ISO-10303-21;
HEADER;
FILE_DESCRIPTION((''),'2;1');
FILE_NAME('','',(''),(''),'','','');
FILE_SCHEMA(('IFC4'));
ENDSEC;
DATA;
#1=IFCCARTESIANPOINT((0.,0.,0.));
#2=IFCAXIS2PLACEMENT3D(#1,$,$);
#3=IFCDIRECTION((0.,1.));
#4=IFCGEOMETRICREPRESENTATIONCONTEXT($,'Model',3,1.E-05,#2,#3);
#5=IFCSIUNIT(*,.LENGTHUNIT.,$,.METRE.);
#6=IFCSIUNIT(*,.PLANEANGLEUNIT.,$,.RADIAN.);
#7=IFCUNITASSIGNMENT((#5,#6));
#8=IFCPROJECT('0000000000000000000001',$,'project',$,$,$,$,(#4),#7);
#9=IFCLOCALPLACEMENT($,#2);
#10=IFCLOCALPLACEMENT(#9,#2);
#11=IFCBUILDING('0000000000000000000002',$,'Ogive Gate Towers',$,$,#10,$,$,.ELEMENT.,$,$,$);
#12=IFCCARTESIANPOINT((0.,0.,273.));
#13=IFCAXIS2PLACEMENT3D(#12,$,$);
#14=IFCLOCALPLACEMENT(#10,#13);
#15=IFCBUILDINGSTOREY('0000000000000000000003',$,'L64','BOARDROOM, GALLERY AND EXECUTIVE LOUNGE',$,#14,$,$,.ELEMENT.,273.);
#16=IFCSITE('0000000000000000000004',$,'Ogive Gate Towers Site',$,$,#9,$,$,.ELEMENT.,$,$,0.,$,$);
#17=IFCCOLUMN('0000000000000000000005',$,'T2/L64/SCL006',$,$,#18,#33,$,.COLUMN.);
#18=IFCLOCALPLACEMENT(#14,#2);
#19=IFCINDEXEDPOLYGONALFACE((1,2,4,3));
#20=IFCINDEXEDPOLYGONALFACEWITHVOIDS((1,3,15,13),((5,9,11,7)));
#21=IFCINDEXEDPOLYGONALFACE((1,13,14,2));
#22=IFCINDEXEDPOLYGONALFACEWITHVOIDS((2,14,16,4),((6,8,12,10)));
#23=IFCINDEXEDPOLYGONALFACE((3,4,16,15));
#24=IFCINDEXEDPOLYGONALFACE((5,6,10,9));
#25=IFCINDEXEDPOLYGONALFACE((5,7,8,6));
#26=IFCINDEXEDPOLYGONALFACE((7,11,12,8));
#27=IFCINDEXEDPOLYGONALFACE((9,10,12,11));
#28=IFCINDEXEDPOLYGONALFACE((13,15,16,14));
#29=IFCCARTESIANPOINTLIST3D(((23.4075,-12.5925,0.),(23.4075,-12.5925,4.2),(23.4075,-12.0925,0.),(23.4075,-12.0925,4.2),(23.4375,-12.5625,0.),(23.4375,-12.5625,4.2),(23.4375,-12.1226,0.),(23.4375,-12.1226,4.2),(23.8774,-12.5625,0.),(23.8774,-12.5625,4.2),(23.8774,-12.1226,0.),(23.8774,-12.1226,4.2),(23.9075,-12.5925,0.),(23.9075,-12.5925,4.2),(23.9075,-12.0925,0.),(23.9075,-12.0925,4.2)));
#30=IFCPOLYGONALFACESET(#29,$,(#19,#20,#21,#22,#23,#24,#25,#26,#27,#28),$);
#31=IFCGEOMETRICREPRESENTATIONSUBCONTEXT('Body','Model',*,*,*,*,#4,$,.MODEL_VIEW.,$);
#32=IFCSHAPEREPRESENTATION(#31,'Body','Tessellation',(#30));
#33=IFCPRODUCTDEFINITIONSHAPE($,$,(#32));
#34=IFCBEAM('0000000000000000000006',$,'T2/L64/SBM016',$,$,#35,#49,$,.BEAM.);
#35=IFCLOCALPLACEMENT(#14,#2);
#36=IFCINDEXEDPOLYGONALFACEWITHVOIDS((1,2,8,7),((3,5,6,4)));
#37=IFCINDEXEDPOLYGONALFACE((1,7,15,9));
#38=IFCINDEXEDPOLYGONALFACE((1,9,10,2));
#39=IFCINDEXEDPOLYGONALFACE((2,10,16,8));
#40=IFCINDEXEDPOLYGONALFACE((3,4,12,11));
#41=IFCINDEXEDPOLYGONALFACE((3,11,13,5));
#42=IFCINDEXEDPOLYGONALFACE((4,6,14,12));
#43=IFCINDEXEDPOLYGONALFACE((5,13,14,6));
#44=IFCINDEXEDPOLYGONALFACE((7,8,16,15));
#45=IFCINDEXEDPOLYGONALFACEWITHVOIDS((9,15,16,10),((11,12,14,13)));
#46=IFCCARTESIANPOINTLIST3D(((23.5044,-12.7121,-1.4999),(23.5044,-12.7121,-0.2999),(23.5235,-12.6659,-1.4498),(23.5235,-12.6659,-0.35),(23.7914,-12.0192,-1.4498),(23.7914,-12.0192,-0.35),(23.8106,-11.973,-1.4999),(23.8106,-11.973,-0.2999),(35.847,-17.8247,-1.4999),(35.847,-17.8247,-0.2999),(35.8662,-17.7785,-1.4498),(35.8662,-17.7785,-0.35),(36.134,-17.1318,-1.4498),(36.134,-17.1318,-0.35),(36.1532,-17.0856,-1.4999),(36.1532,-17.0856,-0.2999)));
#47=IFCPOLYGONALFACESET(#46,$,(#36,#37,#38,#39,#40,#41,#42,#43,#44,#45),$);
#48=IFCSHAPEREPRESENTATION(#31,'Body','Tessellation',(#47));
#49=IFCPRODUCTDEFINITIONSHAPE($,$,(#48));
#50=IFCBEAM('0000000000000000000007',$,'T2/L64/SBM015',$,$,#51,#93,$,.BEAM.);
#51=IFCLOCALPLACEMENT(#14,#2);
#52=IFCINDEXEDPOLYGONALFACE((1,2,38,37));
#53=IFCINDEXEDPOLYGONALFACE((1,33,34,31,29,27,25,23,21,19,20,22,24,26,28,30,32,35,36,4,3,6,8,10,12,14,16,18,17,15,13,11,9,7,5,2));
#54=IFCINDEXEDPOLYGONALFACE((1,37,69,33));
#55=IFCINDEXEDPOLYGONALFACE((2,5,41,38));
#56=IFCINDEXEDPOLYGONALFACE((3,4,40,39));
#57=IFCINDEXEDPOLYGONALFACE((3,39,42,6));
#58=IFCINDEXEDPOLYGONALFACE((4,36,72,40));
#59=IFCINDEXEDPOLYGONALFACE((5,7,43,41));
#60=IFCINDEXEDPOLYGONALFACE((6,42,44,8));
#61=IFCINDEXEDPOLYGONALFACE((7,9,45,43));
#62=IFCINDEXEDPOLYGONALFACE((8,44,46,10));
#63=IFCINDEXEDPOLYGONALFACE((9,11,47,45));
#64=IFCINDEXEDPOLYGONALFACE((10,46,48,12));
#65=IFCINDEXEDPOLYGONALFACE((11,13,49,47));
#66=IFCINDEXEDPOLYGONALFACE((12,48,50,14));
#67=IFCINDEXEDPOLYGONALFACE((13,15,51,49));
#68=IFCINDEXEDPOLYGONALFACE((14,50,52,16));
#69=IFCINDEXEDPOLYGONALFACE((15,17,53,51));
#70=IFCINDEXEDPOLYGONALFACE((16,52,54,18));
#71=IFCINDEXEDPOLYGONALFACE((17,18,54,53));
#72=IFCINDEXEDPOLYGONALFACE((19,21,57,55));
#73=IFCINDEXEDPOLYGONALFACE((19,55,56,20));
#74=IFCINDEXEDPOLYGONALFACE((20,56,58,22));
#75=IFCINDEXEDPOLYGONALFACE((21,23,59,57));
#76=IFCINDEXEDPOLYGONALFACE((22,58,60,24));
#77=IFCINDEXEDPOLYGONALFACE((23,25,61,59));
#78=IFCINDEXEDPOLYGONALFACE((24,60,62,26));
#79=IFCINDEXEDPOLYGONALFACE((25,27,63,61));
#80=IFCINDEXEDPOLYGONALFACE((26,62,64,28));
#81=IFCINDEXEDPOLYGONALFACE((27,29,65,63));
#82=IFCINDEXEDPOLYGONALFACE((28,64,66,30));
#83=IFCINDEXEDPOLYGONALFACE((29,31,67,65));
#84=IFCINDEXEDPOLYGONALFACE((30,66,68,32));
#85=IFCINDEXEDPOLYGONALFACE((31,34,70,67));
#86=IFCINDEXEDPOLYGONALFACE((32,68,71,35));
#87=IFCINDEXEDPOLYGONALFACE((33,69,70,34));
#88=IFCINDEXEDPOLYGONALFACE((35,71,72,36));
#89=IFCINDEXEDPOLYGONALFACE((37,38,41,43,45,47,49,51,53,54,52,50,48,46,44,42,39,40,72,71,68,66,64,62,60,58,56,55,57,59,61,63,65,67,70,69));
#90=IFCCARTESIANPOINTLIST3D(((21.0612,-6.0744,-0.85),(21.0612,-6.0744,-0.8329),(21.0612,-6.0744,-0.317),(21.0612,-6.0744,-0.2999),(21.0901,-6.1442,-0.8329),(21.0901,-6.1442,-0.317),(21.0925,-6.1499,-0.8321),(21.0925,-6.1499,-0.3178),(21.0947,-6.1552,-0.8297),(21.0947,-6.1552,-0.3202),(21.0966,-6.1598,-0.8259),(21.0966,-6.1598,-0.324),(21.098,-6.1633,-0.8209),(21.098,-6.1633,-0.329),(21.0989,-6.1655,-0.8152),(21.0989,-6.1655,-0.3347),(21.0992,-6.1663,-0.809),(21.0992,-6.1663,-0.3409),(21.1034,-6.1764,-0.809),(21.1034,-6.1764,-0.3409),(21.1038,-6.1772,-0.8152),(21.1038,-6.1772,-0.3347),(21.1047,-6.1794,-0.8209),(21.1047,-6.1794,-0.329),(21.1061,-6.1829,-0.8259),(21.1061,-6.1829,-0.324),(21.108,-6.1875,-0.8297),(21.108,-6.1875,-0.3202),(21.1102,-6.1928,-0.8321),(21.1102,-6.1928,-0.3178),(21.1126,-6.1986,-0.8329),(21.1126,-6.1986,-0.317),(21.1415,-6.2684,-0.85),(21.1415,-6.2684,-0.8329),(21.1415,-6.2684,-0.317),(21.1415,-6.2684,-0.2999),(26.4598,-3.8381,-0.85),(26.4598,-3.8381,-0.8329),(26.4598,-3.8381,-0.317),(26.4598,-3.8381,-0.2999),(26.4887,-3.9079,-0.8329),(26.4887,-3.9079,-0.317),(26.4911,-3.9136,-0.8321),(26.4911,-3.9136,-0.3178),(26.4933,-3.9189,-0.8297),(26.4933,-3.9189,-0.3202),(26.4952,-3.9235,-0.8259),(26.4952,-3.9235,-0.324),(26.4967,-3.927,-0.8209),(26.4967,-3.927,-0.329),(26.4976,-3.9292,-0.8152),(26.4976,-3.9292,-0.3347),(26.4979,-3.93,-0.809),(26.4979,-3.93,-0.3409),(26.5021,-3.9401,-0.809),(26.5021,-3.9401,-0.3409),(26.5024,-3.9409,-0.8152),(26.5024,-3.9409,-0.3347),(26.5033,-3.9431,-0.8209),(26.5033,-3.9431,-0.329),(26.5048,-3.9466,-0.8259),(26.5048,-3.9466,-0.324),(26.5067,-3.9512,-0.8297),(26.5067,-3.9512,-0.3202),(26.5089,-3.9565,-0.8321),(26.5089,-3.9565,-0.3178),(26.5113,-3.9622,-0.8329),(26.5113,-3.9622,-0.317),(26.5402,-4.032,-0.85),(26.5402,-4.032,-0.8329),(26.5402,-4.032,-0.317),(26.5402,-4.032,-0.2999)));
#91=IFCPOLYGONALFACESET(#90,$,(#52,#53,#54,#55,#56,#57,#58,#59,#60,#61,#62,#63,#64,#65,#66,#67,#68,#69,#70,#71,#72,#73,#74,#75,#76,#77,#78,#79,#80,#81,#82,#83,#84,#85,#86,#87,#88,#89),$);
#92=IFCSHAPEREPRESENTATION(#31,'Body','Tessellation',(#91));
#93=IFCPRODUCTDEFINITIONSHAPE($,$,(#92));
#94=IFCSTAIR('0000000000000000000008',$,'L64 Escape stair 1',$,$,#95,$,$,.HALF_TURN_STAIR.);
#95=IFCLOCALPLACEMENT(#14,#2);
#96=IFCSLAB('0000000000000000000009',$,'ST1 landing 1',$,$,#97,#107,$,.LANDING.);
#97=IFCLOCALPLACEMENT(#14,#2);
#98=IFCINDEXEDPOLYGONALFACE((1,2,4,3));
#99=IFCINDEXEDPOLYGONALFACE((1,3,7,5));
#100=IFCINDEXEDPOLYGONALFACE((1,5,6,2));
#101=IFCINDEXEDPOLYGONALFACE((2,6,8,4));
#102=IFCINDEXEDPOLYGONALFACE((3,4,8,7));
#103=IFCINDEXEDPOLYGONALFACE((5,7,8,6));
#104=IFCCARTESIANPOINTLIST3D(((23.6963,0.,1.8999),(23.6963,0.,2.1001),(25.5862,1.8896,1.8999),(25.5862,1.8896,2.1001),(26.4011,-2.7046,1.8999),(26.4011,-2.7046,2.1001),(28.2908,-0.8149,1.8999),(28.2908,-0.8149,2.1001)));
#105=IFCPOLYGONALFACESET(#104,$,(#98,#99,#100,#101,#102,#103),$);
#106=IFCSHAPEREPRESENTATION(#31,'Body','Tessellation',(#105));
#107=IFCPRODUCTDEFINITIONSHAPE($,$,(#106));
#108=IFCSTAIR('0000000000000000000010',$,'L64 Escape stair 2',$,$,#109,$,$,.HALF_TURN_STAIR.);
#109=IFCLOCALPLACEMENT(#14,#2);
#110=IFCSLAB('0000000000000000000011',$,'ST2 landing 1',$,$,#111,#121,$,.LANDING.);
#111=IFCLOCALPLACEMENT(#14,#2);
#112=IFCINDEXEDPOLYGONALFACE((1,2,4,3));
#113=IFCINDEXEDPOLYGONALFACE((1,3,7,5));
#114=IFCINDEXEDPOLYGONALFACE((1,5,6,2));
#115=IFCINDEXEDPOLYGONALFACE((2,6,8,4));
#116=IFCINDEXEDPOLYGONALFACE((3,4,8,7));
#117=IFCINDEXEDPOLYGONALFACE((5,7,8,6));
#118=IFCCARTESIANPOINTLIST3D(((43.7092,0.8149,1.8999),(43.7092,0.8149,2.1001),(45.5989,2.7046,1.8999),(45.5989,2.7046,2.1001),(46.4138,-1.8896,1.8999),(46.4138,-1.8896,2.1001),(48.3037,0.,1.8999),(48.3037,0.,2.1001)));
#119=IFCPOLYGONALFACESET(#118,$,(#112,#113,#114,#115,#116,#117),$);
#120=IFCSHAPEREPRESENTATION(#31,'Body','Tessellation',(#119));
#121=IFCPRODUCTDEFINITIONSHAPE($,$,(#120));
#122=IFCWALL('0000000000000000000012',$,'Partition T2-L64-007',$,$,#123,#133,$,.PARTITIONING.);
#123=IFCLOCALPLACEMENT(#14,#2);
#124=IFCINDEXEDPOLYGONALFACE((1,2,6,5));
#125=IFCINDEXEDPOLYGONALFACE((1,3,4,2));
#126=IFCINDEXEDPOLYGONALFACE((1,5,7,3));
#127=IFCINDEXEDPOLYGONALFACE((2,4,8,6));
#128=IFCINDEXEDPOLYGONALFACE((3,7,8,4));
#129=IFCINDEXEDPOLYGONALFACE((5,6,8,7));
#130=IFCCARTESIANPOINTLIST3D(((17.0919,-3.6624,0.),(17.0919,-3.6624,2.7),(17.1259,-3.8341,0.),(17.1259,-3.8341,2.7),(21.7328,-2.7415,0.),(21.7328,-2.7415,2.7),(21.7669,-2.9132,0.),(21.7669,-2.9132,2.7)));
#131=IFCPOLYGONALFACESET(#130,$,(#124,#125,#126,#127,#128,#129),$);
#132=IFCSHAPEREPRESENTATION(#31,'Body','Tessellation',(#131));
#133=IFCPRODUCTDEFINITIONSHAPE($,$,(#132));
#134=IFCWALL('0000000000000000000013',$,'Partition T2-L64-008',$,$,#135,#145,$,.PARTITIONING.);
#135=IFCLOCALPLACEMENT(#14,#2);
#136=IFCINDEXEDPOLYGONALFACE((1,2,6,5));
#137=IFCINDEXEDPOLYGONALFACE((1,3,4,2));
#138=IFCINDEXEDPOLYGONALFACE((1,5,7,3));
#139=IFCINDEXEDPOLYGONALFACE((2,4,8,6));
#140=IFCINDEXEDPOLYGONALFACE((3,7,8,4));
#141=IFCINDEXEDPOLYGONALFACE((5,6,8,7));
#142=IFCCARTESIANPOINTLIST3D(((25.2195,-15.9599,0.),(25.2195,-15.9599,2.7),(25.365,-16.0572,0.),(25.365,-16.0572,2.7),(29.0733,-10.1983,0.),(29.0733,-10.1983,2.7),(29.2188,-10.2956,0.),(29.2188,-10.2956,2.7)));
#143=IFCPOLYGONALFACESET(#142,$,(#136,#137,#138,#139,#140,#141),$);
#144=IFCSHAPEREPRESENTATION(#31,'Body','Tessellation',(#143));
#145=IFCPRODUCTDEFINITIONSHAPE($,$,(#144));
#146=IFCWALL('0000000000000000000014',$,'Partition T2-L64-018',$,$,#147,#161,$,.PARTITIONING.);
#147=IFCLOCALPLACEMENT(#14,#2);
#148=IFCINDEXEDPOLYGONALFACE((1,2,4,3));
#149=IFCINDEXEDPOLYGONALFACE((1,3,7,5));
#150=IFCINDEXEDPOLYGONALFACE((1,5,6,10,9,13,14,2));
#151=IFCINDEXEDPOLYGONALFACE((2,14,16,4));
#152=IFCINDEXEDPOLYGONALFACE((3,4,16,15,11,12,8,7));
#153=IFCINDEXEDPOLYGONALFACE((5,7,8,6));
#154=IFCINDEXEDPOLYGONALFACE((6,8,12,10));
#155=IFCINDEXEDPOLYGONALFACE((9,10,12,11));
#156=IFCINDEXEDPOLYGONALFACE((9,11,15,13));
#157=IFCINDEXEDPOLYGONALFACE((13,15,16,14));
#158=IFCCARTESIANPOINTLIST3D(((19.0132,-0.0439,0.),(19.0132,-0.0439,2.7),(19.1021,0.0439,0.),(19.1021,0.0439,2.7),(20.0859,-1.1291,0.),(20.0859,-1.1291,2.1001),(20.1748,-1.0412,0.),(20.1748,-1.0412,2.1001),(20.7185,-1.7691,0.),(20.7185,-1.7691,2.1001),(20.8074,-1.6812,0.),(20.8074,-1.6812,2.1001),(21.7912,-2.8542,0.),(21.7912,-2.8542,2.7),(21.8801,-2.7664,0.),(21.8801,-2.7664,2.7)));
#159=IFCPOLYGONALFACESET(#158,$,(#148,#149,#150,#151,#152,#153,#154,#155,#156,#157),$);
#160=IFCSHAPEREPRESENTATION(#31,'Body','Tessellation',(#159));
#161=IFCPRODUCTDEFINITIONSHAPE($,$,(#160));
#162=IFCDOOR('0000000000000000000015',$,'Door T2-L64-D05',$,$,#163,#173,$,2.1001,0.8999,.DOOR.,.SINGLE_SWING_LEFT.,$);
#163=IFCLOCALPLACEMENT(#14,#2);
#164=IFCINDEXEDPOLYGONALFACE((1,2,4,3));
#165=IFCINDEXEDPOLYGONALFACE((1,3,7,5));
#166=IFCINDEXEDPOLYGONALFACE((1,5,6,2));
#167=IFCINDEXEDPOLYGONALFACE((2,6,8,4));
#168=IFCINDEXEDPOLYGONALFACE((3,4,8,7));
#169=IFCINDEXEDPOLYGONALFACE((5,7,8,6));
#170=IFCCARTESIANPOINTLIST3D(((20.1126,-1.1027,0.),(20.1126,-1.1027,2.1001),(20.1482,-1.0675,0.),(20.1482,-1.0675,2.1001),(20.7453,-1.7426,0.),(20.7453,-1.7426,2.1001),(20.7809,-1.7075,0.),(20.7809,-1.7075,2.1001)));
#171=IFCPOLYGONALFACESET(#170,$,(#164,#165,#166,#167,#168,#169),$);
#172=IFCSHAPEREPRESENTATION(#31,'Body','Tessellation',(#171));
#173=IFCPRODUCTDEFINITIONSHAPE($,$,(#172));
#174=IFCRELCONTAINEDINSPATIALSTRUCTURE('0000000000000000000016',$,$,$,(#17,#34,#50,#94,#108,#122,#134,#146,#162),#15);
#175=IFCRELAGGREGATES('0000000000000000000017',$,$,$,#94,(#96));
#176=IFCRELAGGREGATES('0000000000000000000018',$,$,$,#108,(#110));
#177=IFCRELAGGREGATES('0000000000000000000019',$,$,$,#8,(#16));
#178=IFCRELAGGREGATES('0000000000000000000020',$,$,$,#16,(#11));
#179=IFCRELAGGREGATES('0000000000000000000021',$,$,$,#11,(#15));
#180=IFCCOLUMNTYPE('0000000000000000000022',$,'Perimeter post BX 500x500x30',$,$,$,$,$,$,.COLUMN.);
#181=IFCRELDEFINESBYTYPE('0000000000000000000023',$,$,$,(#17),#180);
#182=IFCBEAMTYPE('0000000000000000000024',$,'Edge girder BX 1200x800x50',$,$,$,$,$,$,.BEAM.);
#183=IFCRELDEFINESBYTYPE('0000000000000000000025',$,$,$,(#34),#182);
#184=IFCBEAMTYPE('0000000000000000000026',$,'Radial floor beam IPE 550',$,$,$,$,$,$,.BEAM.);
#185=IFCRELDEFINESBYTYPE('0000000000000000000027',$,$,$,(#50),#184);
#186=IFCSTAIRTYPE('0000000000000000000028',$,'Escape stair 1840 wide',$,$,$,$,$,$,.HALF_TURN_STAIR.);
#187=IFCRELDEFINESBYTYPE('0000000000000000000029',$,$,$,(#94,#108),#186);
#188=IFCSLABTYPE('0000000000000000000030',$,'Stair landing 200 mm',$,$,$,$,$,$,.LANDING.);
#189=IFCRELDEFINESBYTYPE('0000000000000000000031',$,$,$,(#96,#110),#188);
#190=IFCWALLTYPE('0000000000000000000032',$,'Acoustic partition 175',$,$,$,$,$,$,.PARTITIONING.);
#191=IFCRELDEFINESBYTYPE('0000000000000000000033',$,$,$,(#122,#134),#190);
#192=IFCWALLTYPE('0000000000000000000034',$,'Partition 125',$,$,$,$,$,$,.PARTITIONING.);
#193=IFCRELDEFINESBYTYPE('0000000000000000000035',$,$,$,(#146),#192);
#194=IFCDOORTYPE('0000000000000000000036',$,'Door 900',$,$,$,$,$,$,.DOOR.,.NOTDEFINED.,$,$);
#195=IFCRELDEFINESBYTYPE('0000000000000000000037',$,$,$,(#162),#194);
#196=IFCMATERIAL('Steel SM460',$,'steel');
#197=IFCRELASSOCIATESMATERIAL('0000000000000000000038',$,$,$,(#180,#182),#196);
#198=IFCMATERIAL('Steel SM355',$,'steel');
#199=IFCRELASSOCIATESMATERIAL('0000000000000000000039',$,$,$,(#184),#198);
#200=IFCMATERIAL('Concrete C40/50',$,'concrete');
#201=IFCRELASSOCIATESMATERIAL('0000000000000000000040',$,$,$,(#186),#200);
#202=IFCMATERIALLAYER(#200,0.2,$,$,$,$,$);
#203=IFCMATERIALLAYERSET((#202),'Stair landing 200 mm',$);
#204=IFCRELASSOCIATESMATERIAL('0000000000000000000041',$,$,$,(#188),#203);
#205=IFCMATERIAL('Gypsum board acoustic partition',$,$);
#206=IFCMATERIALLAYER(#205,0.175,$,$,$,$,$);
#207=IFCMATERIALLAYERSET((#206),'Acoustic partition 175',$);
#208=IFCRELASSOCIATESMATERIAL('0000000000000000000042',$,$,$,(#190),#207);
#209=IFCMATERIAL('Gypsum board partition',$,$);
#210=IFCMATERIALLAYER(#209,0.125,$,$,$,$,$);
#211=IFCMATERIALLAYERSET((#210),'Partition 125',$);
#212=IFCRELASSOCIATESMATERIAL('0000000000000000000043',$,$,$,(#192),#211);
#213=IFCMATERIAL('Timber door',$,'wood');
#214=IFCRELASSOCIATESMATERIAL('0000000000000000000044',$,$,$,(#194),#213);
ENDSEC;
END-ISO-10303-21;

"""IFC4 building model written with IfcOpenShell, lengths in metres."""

from ifc_helpers import new_model, si_unit, direction, frame, frame_2d, origin, origin_2d, place, context, subcontext, project, spatial, polyline, rectangle, hollow_rectangle, i_section, outline, extrude, material, layer, layer_set, material_profile, profile_set, type_object, element, fill, aggregate, save


model = new_model("IFC4")

# Units and contexts
model_context = context("Model", 3, precision=1e-05, world=origin(), true_north=direction((0.0, 1.0)))
body_context = subcontext(model_context, "Body", "Model", "MODEL_VIEW")
ifc_project = project(units=[si_unit("LENGTHUNIT", "METRE"), si_unit("PLANEANGLEUNIT", "RADIAN")], contexts=[model_context])

# Site, building, storey
site_placement = place(None, origin())
site = spatial("IfcSite", under=ifc_project, at=site_placement, Name="Ogive Gate Towers Site", CompositionType="ELEMENT", RefElevation=0.0)
building_placement = place(site_placement, origin())
building = spatial("IfcBuilding", under=site, at=building_placement, Name="Ogive Gate Towers", CompositionType="ELEMENT")
storey_placement = place(building_placement, frame((0.0, 0.0, 273.0)))
storey = spatial("IfcBuildingStorey", under=building, at=storey_placement, Name="L64", Description="BOARDROOM, GALLERY AND EXECUTIVE LOUNGE", CompositionType="ELEMENT", Elevation=273.0)

# Column
ifc_material_1 = material(Name="Steel SM460", Category="steel")
ifc_material_profile_1 = material_profile(ifc_material_1, hollow_rectangle(XDim=0.5, YDim=0.5, WallThickness=0.03, at=origin_2d()), Name="BX 500x500x30")
ifc_profile_set_1 = profile_set([ifc_material_profile_1], Name="Steel SM460")
column_type = type_object("IfcColumnType", Name="Perimeter post BX 500x500x30", PredefinedType="COLUMN", material=ifc_profile_set_1)
column_placement = place(storey_placement, frame((23.6575, -12.3425, 0.0), z_axis=(0.0, 0.0, 1.0), x_axis=(1.0, 0.0, 0.0)))
element("IfcColumn", 1, at=column_placement, inside=storey, type_object=column_type, Name="T2/L64/SCL006", PredefinedType="COLUMN", context=body_context, shape_type="SweptSolid", body=[
    extrude(hollow_rectangle(XDim=0.5, YDim=0.5, WallThickness=0.03, at=origin_2d()), origin(), (0.0, 0.0, 1.0), 4.2),
])

# Beams
ifc_material_profile_2 = material_profile(ifc_material_1, hollow_rectangle(XDim=0.8, YDim=1.2, WallThickness=0.05, at=origin_2d()), Name="BX 1200x800x50")
ifc_profile_set_2 = profile_set([ifc_material_profile_2], Name="Steel SM460")
beam_type_1 = type_object("IfcBeamType", Name="Edge girder BX 1200x800x50", PredefinedType="BEAM", material=ifc_profile_set_2)
beam_1_placement = place(storey_placement, frame((23.6575, -12.3425, -0.8999), z_axis=(0.923877, -0.38269, 0.0), x_axis=(0.38269, 0.923877, 0.0)))
element("IfcBeam", 2, at=beam_1_placement, inside=storey, type_object=beam_type_1, Name="T2/L64/SBM016", PredefinedType="BEAM", context=body_context, shape_type="SweptSolid", body=[
    extrude(hollow_rectangle(XDim=0.8, YDim=1.2, WallThickness=0.05, at=origin_2d()), origin(), (0.0, 0.0, 1.0), 13.3596),
])
ifc_material_2 = material(Name="Steel SM355", Category="steel")
ifc_material_profile_3 = material_profile(ifc_material_2, i_section(OverallWidth=0.21, OverallDepth=0.55, WebThickness=0.011, FlangeThickness=0.0171, FilletRadius=0.0239, at=origin_2d()), Name="IPE 550")
ifc_profile_set_3 = profile_set([ifc_material_profile_3], Name="Steel SM355")
beam_type_2 = type_object("IfcBeamType", Name="Radial floor beam IPE 550", PredefinedType="BEAM", material=ifc_profile_set_3)
beam_2_placement = place(storey_placement, frame((26.5, -3.9351, -0.575), z_axis=(-0.923872, -0.382701, 0.0), x_axis=(0.382701, -0.923872, 0.0)))
element("IfcBeam", 3, at=beam_2_placement, inside=storey, type_object=beam_type_2, Name="T2/L64/SBM015", PredefinedType="BEAM", context=body_context, shape_type="SweptSolid", body=[
    extrude(i_section(OverallWidth=0.21, OverallDepth=0.55, WebThickness=0.011, FlangeThickness=0.0171, FilletRadius=0.0239, at=origin_2d()), origin(), (0.0, 0.0, 1.0), 5.8435),
])

# Stairs, slabs
ifc_material_3 = material(Name="Concrete C40/50", Category="concrete")
stair_type = type_object("IfcStairType", Name="Escape stair 1840 wide", PredefinedType="HALF_TURN_STAIR", material=ifc_material_3)
stair_1_placement = place(storey_placement, origin())
stair_1 = element("IfcStair", 4, at=stair_1_placement, inside=storey, type_object=stair_type, Name="L64 Escape stair 1", PredefinedType="HALF_TURN_STAIR")
ifc_layer_1 = layer(ifc_material_3, 0.2)
ifc_layer_set_1 = layer_set([ifc_layer_1], Name="Stair landing 200 mm")
slab_type = type_object("IfcSlabType", Name="Stair landing 200 mm", PredefinedType="LANDING", material=ifc_layer_set_1)
slab_1_placement = place(storey_placement, frame((0.0, 0.0, 1.8999)))
slab_1 = element("IfcSlab", 5, at=slab_1_placement, type_object=slab_type, Name="ST1 landing 1", PredefinedType="LANDING", context=body_context, shape_type="SweptSolid", body=[
    extrude(outline(polyline([(25.5862, 1.8896), (23.6963, 0.0), (26.4011, -2.7046), (28.2908, -0.8149), (25.5862, 1.8896)])), origin(), (0.0, 0.0, 1.0), 0.2002),
])
aggregate(stair_1, [slab_1])
stair_2_placement = place(storey_placement, origin())
stair_2 = element("IfcStair", 6, at=stair_2_placement, inside=storey, type_object=stair_type, Name="L64 Escape stair 2", PredefinedType="HALF_TURN_STAIR")
slab_2_placement = place(storey_placement, frame((0.0, 0.0, 1.8999)))
slab_2 = element("IfcSlab", 7, at=slab_2_placement, type_object=slab_type, Name="ST2 landing 1", PredefinedType="LANDING", context=body_context, shape_type="SweptSolid", body=[
    extrude(outline(polyline([(46.4138, -1.8896), (48.3037, 0.0), (45.5989, 2.7046), (43.7092, 0.8149), (46.4138, -1.8896)])), origin(), (0.0, 0.0, 1.0), 0.2002),
])
aggregate(stair_2, [slab_2])

# Walls
ifc_material_4 = material(Name="Gypsum board acoustic partition")
ifc_layer_2 = layer(ifc_material_4, 0.175)
ifc_layer_set_2 = layer_set([ifc_layer_2], Name="Acoustic partition 175")
wall_type_1 = type_object("IfcWallType", Name="Acoustic partition 175", PredefinedType="PARTITIONING", material=ifc_layer_set_2)
wall_1_placement = place(storey_placement, frame((17.1089, -3.7483, 0.0), z_axis=(0.0, 0.0, 1.0), x_axis=(0.980875, 0.194637, 0.0)))
element("IfcWall", 8, at=wall_1_placement, inside=storey, type_object=wall_type_1, Name="Partition T2-L64-007", PredefinedType="PARTITIONING", context=body_context, shape_type="SweptSolid", body=[
    extrude(rectangle(XDim=4.7314, YDim=0.175, at=frame_2d((2.3657, 0.0))), origin(), (0.0, 0.0, 1.0), 2.7),
])
wall_2_placement = place(storey_placement, frame((25.2922, -16.0085, 0.0), z_axis=(0.0, 0.0, 1.0), x_axis=(0.555976, 0.831199, 0.0)))
element("IfcWall", 9, at=wall_2_placement, inside=storey, type_object=wall_type_1, Name="Partition T2-L64-008", PredefinedType="PARTITIONING", context=body_context, shape_type="SweptSolid", body=[
    extrude(rectangle(XDim=6.9316, YDim=0.175, at=frame_2d((3.4658, 0.0))), origin(), (0.0, 0.0, 1.0), 2.7),
])

# Wall, opening, door
ifc_material_5 = material(Name="Gypsum board partition")
ifc_layer_3 = layer(ifc_material_5, 0.125)
ifc_layer_set_3 = layer_set([ifc_layer_3], Name="Partition 125")
wall_type_2 = type_object("IfcWallType", Name="Partition 125", PredefinedType="PARTITIONING", material=ifc_layer_set_3)
wall_3_placement = place(storey_placement, frame((21.8357, -2.8103, 0.0), z_axis=(0.0, 0.0, 1.0), x_axis=(-0.703017, 0.711173, 0.0)))
wall_3 = element("IfcWall", 10, at=wall_3_placement, inside=storey, type_object=wall_type_2, Name="Partition T2-L64-018", PredefinedType="PARTITIONING", context=body_context, shape_type="SweptSolid", body=[
    extrude(rectangle(XDim=3.9517, YDim=0.125, at=frame_2d((1.9758, 0.0))), origin(), (0.0, 0.0, 1.0), 2.7),
])
opening_placement = place(wall_3_placement, frame((1.5259, 0.0, 0.0)))
opening = element("IfcOpeningElement", 11, at=opening_placement, cuts=wall_3, PredefinedType="OPENING", context=body_context, shape_type="SweptSolid", body=[
    extrude(rectangle(XDim=0.8999, YDim=2.1001, at=frame_2d((0.45, 1.05))), frame((0.0, 0.0725, 0.0), z_axis=(0.0, -1.0, 0.0), x_axis=(1.0, 0.0, 0.0)), (0.0, 0.0, 1.0), 0.145),
])
ifc_material_6 = material(Name="Timber door", Category="wood")
door_type = type_object("IfcDoorType", Name="Door 900", OperationType="NOTDEFINED", PredefinedType="DOOR", material=ifc_material_6)
door_placement = place(opening_placement, origin())
door = element("IfcDoor", 12, at=door_placement, inside=storey, type_object=door_type, Name="Door T2-L64-D05", OperationType="SINGLE_SWING_LEFT", OverallHeight=2.1001, OverallWidth=0.8999, PredefinedType="DOOR", context=body_context, shape_type="SweptSolid", body=[
    extrude(rectangle(XDim=0.8999, YDim=2.1001, at=frame_2d((0.45, 1.05))), frame((0.0, 0.0249, 0.0), z_axis=(0.0, -1.0, 0.0), x_axis=(1.0, 0.0, 0.0)), (0.0, 0.0, 1.0), 0.05),
])
fill(opening, door)

save(model, "model.ifc")
